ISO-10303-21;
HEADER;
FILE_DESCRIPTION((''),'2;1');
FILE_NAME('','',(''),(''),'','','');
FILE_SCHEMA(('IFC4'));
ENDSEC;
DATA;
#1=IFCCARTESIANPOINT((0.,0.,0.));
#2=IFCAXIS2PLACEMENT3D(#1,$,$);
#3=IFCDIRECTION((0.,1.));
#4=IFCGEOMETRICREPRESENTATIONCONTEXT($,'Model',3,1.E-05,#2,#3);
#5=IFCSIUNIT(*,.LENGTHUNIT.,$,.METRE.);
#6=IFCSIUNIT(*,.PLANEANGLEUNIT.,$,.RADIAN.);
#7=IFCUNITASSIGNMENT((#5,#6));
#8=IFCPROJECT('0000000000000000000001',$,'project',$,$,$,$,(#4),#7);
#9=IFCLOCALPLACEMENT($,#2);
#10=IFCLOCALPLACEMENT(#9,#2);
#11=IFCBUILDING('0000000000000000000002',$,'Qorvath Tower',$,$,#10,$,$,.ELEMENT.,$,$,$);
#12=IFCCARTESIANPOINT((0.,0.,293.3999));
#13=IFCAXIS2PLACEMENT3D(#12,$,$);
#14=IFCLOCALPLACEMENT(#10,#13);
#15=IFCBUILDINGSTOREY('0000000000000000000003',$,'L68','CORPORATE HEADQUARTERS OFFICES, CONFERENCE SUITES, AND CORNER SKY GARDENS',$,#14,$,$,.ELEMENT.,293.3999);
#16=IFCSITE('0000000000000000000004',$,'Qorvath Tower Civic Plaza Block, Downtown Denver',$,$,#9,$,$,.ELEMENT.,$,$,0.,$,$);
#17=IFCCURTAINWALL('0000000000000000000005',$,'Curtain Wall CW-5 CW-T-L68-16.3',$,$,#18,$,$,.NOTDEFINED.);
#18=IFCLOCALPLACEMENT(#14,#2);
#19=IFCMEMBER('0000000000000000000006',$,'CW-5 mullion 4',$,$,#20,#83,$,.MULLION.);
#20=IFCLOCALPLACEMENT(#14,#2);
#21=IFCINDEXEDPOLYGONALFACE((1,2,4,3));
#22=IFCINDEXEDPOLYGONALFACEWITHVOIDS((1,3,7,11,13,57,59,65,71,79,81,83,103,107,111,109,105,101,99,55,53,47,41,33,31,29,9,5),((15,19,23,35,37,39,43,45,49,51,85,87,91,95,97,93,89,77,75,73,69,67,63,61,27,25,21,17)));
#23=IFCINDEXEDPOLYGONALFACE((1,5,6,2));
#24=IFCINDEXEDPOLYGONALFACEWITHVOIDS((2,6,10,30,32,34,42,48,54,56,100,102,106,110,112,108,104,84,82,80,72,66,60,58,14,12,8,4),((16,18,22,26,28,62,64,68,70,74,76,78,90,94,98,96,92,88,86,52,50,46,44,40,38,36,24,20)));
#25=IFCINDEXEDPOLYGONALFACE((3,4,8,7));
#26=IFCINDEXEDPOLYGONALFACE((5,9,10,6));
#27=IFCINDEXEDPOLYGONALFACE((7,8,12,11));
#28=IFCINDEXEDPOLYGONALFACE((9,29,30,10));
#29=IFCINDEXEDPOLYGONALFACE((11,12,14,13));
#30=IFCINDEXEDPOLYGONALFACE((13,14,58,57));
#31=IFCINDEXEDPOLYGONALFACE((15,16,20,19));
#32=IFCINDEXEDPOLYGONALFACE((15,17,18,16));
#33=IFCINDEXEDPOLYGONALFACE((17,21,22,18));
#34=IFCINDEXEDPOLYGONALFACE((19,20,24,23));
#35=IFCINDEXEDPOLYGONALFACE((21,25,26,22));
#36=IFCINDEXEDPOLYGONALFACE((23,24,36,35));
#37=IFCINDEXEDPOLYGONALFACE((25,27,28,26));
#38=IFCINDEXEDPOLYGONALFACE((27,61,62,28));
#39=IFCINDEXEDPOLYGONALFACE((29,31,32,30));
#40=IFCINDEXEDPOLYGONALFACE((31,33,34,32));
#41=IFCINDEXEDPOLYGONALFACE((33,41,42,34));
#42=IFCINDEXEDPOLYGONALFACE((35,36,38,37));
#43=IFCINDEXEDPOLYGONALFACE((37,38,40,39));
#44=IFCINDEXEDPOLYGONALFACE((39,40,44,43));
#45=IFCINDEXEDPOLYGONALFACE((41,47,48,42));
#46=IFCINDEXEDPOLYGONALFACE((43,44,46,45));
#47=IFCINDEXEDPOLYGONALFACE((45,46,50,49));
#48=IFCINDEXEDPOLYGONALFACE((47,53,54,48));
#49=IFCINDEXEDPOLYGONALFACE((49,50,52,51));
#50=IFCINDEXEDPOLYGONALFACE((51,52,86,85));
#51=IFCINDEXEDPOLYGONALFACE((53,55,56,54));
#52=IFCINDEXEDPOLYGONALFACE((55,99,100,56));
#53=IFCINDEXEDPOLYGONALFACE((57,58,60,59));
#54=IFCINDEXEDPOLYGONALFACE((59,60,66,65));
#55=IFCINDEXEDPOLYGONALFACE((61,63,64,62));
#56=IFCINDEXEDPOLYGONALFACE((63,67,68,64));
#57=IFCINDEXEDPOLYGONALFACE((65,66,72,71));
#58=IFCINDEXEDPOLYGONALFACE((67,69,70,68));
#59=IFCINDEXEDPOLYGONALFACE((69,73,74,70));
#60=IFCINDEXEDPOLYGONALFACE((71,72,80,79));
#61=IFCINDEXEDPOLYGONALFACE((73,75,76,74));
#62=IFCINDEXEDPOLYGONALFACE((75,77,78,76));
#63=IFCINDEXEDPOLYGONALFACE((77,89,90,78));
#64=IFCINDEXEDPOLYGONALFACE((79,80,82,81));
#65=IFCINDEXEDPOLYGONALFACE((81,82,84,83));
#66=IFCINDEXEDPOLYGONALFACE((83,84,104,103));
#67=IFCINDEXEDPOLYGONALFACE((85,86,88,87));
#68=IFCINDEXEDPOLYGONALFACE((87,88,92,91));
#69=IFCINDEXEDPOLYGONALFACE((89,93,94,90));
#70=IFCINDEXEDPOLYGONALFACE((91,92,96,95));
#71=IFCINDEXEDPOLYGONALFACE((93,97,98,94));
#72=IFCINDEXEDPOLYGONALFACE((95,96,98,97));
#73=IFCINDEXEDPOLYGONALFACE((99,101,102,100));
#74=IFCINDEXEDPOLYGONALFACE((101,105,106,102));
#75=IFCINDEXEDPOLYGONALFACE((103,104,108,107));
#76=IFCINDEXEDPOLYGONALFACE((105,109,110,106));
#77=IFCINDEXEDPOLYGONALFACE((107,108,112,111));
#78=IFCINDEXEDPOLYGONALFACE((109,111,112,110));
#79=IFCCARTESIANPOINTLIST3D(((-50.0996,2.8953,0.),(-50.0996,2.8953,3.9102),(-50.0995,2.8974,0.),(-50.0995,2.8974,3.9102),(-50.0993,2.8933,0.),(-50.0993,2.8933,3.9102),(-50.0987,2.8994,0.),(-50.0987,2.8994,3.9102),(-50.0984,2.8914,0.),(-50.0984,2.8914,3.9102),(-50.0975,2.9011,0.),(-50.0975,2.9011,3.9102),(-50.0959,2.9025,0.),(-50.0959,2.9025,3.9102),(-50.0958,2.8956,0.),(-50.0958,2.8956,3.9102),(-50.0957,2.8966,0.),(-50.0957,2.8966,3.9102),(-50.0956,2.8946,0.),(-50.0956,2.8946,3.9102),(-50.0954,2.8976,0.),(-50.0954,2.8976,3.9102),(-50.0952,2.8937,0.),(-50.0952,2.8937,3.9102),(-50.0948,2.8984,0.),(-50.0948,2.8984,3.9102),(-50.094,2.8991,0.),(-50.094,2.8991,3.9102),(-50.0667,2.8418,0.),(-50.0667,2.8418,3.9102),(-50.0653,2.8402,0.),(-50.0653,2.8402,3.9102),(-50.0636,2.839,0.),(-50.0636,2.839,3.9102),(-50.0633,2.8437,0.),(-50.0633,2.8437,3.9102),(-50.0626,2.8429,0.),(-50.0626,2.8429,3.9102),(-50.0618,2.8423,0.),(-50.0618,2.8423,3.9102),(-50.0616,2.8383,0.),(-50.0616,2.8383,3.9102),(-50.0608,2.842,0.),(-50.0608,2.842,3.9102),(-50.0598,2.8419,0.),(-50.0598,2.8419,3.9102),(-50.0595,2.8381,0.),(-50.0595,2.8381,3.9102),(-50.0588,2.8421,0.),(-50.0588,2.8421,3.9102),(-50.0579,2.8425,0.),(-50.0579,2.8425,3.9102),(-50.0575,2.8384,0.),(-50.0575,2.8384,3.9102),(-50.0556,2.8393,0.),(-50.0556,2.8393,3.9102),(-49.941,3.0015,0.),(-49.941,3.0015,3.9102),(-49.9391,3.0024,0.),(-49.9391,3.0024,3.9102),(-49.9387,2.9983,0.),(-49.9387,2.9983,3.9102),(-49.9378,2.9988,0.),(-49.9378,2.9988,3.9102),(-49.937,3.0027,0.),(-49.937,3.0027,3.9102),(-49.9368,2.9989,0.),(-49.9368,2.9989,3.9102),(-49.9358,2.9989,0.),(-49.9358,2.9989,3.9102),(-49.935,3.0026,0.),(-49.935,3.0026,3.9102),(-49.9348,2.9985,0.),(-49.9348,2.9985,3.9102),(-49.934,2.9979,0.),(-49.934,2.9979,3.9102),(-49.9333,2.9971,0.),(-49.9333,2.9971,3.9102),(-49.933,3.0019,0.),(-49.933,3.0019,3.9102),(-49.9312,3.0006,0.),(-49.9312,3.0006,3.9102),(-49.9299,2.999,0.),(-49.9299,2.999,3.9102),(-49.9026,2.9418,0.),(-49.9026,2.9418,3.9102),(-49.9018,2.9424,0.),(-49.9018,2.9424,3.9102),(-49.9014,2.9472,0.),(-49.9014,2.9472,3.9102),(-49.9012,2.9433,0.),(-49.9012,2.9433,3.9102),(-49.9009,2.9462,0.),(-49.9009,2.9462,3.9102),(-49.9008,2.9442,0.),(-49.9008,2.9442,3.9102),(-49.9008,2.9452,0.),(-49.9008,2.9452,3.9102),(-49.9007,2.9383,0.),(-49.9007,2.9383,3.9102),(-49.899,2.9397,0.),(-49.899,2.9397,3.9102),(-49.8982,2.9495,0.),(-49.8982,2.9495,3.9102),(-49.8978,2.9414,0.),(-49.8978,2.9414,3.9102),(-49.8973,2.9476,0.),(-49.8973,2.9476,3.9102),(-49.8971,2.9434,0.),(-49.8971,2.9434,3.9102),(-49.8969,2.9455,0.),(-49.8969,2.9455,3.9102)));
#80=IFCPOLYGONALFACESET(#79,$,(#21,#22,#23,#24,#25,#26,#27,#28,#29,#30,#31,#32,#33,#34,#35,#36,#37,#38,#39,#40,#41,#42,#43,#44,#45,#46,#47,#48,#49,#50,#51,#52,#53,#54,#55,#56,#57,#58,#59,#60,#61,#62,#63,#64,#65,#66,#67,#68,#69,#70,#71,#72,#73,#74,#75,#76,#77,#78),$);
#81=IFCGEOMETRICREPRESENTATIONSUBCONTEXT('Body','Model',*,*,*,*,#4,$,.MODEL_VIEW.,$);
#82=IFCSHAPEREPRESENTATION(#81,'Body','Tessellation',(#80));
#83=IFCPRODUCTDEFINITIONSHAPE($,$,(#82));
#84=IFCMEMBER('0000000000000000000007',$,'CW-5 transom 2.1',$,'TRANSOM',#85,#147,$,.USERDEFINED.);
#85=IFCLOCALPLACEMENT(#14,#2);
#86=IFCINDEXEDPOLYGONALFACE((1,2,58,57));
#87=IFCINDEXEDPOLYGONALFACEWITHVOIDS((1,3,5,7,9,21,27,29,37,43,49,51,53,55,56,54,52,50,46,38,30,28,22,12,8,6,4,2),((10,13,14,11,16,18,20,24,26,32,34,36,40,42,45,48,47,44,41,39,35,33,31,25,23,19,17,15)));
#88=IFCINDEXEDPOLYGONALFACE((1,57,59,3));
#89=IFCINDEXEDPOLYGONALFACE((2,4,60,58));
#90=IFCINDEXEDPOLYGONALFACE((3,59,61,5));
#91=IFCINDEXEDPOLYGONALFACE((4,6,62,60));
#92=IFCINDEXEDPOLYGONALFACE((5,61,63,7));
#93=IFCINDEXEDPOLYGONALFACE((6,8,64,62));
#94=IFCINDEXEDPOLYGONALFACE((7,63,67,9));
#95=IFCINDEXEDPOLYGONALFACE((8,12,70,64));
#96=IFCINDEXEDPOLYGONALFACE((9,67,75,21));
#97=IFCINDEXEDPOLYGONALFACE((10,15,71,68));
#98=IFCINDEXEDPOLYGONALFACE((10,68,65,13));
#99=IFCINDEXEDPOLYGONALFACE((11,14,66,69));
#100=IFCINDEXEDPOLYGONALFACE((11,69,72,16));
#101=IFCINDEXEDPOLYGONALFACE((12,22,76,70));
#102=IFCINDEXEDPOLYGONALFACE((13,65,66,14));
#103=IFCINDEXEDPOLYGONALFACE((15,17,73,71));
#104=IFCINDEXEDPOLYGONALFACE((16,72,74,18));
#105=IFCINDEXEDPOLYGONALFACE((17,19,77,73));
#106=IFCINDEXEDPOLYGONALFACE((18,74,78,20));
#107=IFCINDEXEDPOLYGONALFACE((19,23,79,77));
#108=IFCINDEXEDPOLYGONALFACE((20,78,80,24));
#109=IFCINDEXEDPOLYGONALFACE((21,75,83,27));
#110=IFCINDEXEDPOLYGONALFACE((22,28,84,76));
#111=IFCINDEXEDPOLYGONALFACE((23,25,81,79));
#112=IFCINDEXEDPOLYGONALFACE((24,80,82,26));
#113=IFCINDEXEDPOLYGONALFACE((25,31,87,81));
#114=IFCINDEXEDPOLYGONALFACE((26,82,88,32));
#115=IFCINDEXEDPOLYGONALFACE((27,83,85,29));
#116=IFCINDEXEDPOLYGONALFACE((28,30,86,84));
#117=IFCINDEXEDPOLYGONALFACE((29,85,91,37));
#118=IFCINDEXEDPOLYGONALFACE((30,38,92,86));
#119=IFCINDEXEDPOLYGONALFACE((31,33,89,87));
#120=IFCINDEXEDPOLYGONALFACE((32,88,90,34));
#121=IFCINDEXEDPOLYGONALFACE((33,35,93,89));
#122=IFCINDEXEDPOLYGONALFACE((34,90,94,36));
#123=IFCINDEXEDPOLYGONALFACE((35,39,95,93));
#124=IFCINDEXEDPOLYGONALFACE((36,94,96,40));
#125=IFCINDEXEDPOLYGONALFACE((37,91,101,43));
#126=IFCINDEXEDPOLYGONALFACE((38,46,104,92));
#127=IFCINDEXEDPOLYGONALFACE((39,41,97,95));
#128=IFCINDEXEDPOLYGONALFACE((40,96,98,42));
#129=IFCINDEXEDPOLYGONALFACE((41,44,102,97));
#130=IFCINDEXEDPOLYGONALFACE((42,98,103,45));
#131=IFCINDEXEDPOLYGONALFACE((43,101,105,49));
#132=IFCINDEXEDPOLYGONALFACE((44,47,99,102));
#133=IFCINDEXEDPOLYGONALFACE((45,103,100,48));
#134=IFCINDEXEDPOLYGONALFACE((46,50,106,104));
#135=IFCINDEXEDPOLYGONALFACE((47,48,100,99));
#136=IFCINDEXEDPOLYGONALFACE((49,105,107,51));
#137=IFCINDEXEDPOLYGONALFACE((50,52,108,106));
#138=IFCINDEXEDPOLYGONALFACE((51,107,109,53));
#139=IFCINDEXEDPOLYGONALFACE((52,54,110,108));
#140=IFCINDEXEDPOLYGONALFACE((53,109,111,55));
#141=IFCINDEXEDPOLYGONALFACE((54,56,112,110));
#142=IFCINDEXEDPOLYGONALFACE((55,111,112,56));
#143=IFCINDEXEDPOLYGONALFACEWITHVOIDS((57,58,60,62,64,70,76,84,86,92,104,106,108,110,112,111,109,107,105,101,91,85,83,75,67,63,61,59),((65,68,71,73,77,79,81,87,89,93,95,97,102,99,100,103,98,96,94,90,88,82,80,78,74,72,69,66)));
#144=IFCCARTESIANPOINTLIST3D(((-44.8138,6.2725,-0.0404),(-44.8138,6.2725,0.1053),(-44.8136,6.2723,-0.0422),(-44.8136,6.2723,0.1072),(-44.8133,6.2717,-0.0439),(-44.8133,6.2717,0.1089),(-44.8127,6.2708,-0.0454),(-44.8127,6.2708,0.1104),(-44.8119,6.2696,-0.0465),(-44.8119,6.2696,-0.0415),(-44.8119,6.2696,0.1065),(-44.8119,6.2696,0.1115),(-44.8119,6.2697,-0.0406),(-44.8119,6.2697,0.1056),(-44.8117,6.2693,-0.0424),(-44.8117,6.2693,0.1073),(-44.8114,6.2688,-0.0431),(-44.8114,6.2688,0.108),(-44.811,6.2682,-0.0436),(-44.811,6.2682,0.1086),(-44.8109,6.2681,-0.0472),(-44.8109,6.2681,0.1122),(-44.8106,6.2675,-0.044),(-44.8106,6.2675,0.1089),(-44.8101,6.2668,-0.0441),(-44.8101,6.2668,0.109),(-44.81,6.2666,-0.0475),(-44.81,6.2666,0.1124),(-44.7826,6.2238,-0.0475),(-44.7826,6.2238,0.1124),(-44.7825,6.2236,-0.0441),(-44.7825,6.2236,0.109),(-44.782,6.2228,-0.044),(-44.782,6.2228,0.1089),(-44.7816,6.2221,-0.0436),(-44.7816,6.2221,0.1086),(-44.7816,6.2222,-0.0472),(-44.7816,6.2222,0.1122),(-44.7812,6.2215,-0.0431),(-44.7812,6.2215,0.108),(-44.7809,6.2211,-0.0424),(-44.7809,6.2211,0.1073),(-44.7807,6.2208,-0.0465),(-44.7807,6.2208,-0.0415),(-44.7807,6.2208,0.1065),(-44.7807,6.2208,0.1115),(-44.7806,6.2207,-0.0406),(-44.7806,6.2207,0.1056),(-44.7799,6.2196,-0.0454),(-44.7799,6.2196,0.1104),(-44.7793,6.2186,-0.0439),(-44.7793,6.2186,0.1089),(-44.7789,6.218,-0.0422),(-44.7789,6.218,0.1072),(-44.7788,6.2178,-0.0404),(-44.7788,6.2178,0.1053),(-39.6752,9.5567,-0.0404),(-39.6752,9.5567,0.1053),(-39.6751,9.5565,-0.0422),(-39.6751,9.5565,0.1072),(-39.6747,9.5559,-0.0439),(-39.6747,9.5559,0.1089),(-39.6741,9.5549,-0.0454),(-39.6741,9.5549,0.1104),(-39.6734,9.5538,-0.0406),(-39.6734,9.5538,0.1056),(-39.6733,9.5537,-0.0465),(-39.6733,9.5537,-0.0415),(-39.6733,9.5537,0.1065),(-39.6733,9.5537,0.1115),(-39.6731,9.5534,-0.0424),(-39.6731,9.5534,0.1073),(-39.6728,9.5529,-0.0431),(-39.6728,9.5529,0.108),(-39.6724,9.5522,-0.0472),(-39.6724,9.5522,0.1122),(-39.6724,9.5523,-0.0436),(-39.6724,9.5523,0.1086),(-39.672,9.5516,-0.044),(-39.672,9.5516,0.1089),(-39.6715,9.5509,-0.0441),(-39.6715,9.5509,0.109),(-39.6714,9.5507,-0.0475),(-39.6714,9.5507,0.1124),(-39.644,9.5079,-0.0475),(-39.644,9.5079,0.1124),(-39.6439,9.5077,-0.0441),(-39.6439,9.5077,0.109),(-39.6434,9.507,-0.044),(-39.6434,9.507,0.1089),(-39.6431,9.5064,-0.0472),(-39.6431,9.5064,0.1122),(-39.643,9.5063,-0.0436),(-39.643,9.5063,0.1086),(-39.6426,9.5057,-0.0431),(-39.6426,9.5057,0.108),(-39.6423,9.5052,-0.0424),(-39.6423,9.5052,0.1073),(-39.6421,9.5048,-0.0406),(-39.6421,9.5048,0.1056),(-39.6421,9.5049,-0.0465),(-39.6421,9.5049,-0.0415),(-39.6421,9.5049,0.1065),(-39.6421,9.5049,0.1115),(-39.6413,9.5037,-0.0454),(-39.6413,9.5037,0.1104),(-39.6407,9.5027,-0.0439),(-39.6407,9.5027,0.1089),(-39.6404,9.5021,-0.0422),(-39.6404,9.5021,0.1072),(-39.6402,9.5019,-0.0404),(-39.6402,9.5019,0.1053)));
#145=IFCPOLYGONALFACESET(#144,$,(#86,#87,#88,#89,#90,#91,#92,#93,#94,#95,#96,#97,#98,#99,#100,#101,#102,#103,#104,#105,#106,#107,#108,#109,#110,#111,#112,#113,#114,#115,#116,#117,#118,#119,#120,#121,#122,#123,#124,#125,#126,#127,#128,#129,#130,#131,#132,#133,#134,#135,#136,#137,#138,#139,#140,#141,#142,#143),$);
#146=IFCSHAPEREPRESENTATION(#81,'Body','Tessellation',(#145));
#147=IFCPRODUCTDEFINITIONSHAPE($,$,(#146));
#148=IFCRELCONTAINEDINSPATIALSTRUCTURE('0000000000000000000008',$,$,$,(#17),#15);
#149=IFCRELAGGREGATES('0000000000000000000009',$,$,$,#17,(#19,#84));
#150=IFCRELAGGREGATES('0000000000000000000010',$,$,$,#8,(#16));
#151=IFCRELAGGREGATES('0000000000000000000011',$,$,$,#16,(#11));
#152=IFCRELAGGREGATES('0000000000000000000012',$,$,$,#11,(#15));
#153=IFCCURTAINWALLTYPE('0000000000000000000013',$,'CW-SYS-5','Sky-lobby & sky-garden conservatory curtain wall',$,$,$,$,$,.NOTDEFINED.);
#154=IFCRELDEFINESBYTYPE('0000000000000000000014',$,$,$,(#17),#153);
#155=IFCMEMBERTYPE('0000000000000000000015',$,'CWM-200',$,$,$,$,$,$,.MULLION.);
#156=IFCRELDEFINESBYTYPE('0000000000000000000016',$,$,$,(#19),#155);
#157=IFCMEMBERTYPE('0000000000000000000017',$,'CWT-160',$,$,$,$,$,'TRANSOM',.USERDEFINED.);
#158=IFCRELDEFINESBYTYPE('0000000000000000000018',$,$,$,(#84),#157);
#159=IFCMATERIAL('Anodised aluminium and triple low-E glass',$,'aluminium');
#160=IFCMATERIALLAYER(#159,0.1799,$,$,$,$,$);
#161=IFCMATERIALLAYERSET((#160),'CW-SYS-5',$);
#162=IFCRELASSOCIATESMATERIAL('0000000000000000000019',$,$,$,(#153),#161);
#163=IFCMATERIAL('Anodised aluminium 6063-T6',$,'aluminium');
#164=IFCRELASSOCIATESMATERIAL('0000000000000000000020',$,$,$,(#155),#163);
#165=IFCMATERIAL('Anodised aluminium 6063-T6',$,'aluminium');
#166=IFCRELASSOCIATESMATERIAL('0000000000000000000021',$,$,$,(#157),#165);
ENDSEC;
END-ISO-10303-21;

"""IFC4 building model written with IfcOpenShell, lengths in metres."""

from ifc_helpers import new_model, si_unit, direction, frame, origin, origin_2d, place, context, subcontext, project, spatial, hollow_rectangle, extrude, material, layer, layer_set, material_profile, profile_set, type_object, element, aggregate, save


model = new_model("IFC4")

# Units and contexts
model_context = context("Model", 3, precision=1e-05, world=origin(), true_north=direction((0.0, 1.0)))
body_context = subcontext(model_context, "Body", "Model", "MODEL_VIEW")
ifc_project = project(units=[si_unit("LENGTHUNIT", "METRE"), si_unit("PLANEANGLEUNIT", "RADIAN")], contexts=[model_context])

# Site, building, storey
site_placement = place(None, origin())
site = spatial("IfcSite", under=ifc_project, at=site_placement, Name="Qorvath Tower Civic Plaza Block, Downtown Denver", CompositionType="ELEMENT", RefElevation=0.0)
building_placement = place(site_placement, origin())
building = spatial("IfcBuilding", under=site, at=building_placement, Name="Qorvath Tower", CompositionType="ELEMENT")
storey_placement = place(building_placement, frame((0.0, 0.0, 293.3999)))
storey = spatial("IfcBuildingStorey", under=building, at=storey_placement, Name="L68", Description="CORPORATE HEADQUARTERS OFFICES, CONFERENCE SUITES, AND CORNER SKY GARDENS", CompositionType="ELEMENT", Elevation=293.3999)

# Curtain wall, members
ifc_material_1 = material(Name="Anodised aluminium and triple low-E glass", Category="aluminium")
ifc_layer_1 = layer(ifc_material_1, 0.1799)
ifc_layer_set_1 = layer_set([ifc_layer_1], Name="CW-SYS-5")
curtain_wall_type = type_object("IfcCurtainWallType", Name="CW-SYS-5", Description="Sky-lobby & sky-garden conservatory curtain wall", PredefinedType="NOTDEFINED", material=ifc_layer_set_1)
curtain_wall_placement = place(storey_placement, origin())
curtain_wall = element("IfcCurtainWall", 1, at=curtain_wall_placement, inside=storey, type_object=curtain_wall_type, Name="Curtain Wall CW-5 CW-T-L68-16.3", PredefinedType="NOTDEFINED")
ifc_material_2 = material(Name="Anodised aluminium 6063-T6", Category="aluminium")
ifc_material_profile_1 = material_profile(ifc_material_2, hollow_rectangle(XDim=0.075, YDim=0.2, WallThickness=0.0039, InnerFilletRadius=0.0039, OuterFilletRadius=0.0081, at=origin_2d()), Name="CWM 200x75")
ifc_profile_set_1 = profile_set([ifc_material_profile_1], Name="Anodised aluminium 6063-T6")
member_type_1 = type_object("IfcMemberType", Name="CWM-200", PredefinedType="MULLION", material=ifc_profile_set_1)
member_1_placement = place(storey_placement, frame((-49.9983, 2.9204, 0.0), z_axis=(0.0, 0.0, 1.0), x_axis=(0.538538, -0.842601, 0.0)))
member_1 = element("IfcMember", 2, at=member_1_placement, type_object=member_type_1, Name="CW-5 mullion 4", PredefinedType="MULLION", context=body_context, shape_type="SweptSolid", body=[
    extrude(hollow_rectangle(XDim=0.075, YDim=0.2, WallThickness=0.0039, InnerFilletRadius=0.0039, OuterFilletRadius=0.0081, at=origin_2d()), origin(), (0.0, 0.0, 1.0), 3.9102),
])
ifc_material_3 = material(Name="Anodised aluminium 6063-T6", Category="aluminium")
ifc_material_profile_2 = material_profile(ifc_material_3, hollow_rectangle(XDim=0.0649, YDim=0.1599, WallThickness=0.0034, InnerFilletRadius=0.0034, OuterFilletRadius=0.0071, at=origin_2d()), Name="CWT 160x65")
ifc_profile_set_2 = profile_set([ifc_material_profile_2], Name="Anodised aluminium 6063-T6")
member_type_2 = type_object("IfcMemberType", Name="CWT-160", ElementType="TRANSOM", PredefinedType="USERDEFINED", material=ifc_profile_set_2)
member_2_placement = place(storey_placement, frame((-39.6577, 9.5293, 0.0325), z_axis=(-0.842611, -0.538522, 0.0), x_axis=(0.538522, -0.842611, 0.0)))
member_2 = element("IfcMember", 3, at=member_2_placement, type_object=member_type_2, Name="CW-5 transom 2.1", ObjectType="TRANSOM", PredefinedType="USERDEFINED", context=body_context, shape_type="SweptSolid", body=[
    extrude(hollow_rectangle(XDim=0.0649, YDim=0.1599, WallThickness=0.0034, InnerFilletRadius=0.0034, OuterFilletRadius=0.0071, at=origin_2d()), origin(), (0.0, 0.0, 1.0), 6.0984),
])
aggregate(curtain_wall, [member_1, member_2])

save(model, "model.ifc")
